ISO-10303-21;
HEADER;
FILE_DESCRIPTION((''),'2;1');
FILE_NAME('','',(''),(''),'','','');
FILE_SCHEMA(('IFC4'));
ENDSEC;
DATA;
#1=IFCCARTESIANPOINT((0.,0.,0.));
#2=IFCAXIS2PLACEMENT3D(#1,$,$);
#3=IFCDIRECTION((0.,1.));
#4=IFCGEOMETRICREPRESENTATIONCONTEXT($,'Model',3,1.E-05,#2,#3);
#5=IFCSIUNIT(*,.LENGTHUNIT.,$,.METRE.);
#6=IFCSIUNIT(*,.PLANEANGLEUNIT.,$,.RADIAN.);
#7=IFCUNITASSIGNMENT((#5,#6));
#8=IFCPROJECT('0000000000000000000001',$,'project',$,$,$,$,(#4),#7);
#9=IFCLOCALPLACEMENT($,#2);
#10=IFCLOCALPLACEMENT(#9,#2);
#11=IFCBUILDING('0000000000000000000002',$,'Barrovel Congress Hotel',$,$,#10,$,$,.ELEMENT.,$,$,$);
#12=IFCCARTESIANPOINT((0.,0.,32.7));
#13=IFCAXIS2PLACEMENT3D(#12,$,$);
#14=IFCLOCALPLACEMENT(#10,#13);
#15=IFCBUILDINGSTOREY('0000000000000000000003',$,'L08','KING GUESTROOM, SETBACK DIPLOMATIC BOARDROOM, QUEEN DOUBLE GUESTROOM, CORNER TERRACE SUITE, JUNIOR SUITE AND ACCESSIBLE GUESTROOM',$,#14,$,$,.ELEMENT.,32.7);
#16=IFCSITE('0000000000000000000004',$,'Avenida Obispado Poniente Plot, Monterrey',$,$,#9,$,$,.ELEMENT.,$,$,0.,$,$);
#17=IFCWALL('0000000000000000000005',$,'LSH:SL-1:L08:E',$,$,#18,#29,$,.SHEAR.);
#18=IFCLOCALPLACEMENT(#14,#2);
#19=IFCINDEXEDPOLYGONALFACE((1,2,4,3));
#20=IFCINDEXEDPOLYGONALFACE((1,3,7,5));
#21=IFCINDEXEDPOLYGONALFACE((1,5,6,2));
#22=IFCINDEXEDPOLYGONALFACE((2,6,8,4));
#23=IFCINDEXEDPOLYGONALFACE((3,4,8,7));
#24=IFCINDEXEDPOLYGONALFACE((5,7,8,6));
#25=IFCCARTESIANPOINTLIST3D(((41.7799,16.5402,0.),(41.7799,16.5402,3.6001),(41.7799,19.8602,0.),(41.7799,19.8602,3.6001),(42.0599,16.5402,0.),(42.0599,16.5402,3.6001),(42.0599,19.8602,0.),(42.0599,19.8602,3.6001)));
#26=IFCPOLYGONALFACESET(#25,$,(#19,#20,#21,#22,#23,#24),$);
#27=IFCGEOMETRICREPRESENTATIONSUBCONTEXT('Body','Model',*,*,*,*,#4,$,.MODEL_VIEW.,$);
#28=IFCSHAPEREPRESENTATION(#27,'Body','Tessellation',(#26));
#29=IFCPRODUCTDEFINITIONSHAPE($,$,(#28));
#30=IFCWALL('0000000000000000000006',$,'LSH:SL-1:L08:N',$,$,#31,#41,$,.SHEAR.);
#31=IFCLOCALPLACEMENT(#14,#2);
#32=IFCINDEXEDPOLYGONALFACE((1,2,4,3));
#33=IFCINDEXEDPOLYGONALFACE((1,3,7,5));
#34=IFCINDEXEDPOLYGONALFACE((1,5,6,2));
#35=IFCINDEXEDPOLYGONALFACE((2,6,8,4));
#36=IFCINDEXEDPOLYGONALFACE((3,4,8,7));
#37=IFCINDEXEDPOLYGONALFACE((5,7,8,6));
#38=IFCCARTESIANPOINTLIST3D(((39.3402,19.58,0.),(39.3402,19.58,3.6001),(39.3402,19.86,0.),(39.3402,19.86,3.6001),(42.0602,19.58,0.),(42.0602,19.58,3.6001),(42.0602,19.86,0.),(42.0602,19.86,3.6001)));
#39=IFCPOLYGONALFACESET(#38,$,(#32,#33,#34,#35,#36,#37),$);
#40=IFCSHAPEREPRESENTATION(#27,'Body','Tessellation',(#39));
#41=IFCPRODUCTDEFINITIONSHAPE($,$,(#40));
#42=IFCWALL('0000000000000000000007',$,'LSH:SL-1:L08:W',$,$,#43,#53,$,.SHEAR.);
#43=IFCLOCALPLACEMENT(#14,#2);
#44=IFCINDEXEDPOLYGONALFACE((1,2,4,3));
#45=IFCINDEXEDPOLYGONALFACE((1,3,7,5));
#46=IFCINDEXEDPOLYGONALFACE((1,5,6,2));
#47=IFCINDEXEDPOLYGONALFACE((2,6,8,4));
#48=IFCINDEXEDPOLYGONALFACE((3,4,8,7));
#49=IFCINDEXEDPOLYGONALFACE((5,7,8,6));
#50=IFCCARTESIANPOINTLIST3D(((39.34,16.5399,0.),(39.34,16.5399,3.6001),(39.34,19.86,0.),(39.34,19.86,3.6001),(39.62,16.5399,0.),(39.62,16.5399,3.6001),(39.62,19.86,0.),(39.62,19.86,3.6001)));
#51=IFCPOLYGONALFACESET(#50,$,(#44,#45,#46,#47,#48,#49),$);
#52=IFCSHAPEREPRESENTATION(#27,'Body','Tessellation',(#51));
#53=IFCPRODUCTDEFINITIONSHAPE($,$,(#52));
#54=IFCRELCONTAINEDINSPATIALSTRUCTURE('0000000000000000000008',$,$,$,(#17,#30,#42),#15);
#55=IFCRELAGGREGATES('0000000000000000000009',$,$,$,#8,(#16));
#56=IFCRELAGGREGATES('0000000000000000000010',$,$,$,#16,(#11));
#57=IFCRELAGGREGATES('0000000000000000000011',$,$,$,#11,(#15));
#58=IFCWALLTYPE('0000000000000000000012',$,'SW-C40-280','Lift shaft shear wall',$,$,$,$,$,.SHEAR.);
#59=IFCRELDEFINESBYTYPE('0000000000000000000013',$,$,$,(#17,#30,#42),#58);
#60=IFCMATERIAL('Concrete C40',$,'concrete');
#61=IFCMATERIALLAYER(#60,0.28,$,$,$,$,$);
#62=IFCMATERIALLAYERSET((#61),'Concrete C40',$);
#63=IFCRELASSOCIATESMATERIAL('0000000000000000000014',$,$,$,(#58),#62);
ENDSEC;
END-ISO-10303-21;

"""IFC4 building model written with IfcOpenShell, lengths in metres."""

from ifc_helpers import new_model, si_unit, direction, frame, frame_2d, origin, place, context, subcontext, project, spatial, rectangle, extrude, material, layer, layer_set, type_object, element, save


model = new_model("IFC4")

# Units and contexts
model_context = context("Model", 3, precision=1e-05, world=origin(), true_north=direction((0.0, 1.0)))
body_context = subcontext(model_context, "Body", "Model", "MODEL_VIEW")
ifc_project = project(units=[si_unit("LENGTHUNIT", "METRE"), si_unit("PLANEANGLEUNIT", "RADIAN")], contexts=[model_context])

# Site, building, storey
site_placement = place(None, origin())
site = spatial("IfcSite", under=ifc_project, at=site_placement, Name="Avenida Obispado Poniente Plot, Monterrey", CompositionType="ELEMENT", RefElevation=0.0)
building_placement = place(site_placement, origin())
building = spatial("IfcBuilding", under=site, at=building_placement, Name="Barrovel Congress Hotel", CompositionType="ELEMENT")
storey_placement = place(building_placement, frame((0.0, 0.0, 32.7)))
storey = spatial("IfcBuildingStorey", under=building, at=storey_placement, Name="L08", Description="KING GUESTROOM, SETBACK DIPLOMATIC BOARDROOM, QUEEN DOUBLE GUESTROOM, CORNER TERRACE SUITE, JUNIOR SUITE AND ACCESSIBLE GUESTROOM", CompositionType="ELEMENT", Elevation=32.7)

# Shared definitions
ifc_material_1 = material(Name="Concrete C40", Category="concrete")

# Walls
ifc_layer_1 = layer(ifc_material_1, 0.28)
ifc_layer_set_1 = layer_set([ifc_layer_1], Name="Concrete C40")
wall_type_1 = type_object("IfcWallType", Name="SW-C40-280", Description="Lift shaft shear wall", PredefinedType="SHEAR", material=ifc_layer_set_1)
wall_1_placement = place(storey_placement, frame((41.9199, 16.54, 0.0), z_axis=(0.0, 0.0, 1.0), x_axis=(0.0, 1.0, 0.0)))
element("IfcWall", 1, at=wall_1_placement, inside=storey, type_object=wall_type_1, Name="LSH:SL-1:L08:E", PredefinedType="SHEAR", context=body_context, shape_type="SweptSolid", body=[
    extrude(rectangle(XDim=3.3201, YDim=0.28, at=frame_2d((1.6602, 0.0))), origin(), (0.0, 0.0, 1.0), 3.6001),
])
wall_2_placement = place(storey_placement, frame((42.0601, 19.72, 0.0), z_axis=(0.0, 0.0, 1.0), x_axis=(-1.0, 0.0, 0.0)))
element("IfcWall", 2, at=wall_2_placement, inside=storey, type_object=wall_type_1, Name="LSH:SL-1:L08:N", PredefinedType="SHEAR", context=body_context, shape_type="SweptSolid", body=[
    extrude(rectangle(XDim=2.72, YDim=0.28, at=frame_2d((1.3599, 0.0))), origin(), (0.0, 0.0, 1.0), 3.6001),
])
wall_3_placement = place(storey_placement, frame((39.48, 19.8601, 0.0), z_axis=(0.0, 0.0, 1.0), x_axis=(0.0, -1.0, 0.0)))
element("IfcWall", 3, at=wall_3_placement, inside=storey, type_object=wall_type_1, Name="LSH:SL-1:L08:W", PredefinedType="SHEAR", context=body_context, shape_type="SweptSolid", body=[
    extrude(rectangle(XDim=3.3201, YDim=0.28, at=frame_2d((1.6602, 0.0))), origin(), (0.0, 0.0, 1.0), 3.6001),
])

save(model, "model.ifc")
